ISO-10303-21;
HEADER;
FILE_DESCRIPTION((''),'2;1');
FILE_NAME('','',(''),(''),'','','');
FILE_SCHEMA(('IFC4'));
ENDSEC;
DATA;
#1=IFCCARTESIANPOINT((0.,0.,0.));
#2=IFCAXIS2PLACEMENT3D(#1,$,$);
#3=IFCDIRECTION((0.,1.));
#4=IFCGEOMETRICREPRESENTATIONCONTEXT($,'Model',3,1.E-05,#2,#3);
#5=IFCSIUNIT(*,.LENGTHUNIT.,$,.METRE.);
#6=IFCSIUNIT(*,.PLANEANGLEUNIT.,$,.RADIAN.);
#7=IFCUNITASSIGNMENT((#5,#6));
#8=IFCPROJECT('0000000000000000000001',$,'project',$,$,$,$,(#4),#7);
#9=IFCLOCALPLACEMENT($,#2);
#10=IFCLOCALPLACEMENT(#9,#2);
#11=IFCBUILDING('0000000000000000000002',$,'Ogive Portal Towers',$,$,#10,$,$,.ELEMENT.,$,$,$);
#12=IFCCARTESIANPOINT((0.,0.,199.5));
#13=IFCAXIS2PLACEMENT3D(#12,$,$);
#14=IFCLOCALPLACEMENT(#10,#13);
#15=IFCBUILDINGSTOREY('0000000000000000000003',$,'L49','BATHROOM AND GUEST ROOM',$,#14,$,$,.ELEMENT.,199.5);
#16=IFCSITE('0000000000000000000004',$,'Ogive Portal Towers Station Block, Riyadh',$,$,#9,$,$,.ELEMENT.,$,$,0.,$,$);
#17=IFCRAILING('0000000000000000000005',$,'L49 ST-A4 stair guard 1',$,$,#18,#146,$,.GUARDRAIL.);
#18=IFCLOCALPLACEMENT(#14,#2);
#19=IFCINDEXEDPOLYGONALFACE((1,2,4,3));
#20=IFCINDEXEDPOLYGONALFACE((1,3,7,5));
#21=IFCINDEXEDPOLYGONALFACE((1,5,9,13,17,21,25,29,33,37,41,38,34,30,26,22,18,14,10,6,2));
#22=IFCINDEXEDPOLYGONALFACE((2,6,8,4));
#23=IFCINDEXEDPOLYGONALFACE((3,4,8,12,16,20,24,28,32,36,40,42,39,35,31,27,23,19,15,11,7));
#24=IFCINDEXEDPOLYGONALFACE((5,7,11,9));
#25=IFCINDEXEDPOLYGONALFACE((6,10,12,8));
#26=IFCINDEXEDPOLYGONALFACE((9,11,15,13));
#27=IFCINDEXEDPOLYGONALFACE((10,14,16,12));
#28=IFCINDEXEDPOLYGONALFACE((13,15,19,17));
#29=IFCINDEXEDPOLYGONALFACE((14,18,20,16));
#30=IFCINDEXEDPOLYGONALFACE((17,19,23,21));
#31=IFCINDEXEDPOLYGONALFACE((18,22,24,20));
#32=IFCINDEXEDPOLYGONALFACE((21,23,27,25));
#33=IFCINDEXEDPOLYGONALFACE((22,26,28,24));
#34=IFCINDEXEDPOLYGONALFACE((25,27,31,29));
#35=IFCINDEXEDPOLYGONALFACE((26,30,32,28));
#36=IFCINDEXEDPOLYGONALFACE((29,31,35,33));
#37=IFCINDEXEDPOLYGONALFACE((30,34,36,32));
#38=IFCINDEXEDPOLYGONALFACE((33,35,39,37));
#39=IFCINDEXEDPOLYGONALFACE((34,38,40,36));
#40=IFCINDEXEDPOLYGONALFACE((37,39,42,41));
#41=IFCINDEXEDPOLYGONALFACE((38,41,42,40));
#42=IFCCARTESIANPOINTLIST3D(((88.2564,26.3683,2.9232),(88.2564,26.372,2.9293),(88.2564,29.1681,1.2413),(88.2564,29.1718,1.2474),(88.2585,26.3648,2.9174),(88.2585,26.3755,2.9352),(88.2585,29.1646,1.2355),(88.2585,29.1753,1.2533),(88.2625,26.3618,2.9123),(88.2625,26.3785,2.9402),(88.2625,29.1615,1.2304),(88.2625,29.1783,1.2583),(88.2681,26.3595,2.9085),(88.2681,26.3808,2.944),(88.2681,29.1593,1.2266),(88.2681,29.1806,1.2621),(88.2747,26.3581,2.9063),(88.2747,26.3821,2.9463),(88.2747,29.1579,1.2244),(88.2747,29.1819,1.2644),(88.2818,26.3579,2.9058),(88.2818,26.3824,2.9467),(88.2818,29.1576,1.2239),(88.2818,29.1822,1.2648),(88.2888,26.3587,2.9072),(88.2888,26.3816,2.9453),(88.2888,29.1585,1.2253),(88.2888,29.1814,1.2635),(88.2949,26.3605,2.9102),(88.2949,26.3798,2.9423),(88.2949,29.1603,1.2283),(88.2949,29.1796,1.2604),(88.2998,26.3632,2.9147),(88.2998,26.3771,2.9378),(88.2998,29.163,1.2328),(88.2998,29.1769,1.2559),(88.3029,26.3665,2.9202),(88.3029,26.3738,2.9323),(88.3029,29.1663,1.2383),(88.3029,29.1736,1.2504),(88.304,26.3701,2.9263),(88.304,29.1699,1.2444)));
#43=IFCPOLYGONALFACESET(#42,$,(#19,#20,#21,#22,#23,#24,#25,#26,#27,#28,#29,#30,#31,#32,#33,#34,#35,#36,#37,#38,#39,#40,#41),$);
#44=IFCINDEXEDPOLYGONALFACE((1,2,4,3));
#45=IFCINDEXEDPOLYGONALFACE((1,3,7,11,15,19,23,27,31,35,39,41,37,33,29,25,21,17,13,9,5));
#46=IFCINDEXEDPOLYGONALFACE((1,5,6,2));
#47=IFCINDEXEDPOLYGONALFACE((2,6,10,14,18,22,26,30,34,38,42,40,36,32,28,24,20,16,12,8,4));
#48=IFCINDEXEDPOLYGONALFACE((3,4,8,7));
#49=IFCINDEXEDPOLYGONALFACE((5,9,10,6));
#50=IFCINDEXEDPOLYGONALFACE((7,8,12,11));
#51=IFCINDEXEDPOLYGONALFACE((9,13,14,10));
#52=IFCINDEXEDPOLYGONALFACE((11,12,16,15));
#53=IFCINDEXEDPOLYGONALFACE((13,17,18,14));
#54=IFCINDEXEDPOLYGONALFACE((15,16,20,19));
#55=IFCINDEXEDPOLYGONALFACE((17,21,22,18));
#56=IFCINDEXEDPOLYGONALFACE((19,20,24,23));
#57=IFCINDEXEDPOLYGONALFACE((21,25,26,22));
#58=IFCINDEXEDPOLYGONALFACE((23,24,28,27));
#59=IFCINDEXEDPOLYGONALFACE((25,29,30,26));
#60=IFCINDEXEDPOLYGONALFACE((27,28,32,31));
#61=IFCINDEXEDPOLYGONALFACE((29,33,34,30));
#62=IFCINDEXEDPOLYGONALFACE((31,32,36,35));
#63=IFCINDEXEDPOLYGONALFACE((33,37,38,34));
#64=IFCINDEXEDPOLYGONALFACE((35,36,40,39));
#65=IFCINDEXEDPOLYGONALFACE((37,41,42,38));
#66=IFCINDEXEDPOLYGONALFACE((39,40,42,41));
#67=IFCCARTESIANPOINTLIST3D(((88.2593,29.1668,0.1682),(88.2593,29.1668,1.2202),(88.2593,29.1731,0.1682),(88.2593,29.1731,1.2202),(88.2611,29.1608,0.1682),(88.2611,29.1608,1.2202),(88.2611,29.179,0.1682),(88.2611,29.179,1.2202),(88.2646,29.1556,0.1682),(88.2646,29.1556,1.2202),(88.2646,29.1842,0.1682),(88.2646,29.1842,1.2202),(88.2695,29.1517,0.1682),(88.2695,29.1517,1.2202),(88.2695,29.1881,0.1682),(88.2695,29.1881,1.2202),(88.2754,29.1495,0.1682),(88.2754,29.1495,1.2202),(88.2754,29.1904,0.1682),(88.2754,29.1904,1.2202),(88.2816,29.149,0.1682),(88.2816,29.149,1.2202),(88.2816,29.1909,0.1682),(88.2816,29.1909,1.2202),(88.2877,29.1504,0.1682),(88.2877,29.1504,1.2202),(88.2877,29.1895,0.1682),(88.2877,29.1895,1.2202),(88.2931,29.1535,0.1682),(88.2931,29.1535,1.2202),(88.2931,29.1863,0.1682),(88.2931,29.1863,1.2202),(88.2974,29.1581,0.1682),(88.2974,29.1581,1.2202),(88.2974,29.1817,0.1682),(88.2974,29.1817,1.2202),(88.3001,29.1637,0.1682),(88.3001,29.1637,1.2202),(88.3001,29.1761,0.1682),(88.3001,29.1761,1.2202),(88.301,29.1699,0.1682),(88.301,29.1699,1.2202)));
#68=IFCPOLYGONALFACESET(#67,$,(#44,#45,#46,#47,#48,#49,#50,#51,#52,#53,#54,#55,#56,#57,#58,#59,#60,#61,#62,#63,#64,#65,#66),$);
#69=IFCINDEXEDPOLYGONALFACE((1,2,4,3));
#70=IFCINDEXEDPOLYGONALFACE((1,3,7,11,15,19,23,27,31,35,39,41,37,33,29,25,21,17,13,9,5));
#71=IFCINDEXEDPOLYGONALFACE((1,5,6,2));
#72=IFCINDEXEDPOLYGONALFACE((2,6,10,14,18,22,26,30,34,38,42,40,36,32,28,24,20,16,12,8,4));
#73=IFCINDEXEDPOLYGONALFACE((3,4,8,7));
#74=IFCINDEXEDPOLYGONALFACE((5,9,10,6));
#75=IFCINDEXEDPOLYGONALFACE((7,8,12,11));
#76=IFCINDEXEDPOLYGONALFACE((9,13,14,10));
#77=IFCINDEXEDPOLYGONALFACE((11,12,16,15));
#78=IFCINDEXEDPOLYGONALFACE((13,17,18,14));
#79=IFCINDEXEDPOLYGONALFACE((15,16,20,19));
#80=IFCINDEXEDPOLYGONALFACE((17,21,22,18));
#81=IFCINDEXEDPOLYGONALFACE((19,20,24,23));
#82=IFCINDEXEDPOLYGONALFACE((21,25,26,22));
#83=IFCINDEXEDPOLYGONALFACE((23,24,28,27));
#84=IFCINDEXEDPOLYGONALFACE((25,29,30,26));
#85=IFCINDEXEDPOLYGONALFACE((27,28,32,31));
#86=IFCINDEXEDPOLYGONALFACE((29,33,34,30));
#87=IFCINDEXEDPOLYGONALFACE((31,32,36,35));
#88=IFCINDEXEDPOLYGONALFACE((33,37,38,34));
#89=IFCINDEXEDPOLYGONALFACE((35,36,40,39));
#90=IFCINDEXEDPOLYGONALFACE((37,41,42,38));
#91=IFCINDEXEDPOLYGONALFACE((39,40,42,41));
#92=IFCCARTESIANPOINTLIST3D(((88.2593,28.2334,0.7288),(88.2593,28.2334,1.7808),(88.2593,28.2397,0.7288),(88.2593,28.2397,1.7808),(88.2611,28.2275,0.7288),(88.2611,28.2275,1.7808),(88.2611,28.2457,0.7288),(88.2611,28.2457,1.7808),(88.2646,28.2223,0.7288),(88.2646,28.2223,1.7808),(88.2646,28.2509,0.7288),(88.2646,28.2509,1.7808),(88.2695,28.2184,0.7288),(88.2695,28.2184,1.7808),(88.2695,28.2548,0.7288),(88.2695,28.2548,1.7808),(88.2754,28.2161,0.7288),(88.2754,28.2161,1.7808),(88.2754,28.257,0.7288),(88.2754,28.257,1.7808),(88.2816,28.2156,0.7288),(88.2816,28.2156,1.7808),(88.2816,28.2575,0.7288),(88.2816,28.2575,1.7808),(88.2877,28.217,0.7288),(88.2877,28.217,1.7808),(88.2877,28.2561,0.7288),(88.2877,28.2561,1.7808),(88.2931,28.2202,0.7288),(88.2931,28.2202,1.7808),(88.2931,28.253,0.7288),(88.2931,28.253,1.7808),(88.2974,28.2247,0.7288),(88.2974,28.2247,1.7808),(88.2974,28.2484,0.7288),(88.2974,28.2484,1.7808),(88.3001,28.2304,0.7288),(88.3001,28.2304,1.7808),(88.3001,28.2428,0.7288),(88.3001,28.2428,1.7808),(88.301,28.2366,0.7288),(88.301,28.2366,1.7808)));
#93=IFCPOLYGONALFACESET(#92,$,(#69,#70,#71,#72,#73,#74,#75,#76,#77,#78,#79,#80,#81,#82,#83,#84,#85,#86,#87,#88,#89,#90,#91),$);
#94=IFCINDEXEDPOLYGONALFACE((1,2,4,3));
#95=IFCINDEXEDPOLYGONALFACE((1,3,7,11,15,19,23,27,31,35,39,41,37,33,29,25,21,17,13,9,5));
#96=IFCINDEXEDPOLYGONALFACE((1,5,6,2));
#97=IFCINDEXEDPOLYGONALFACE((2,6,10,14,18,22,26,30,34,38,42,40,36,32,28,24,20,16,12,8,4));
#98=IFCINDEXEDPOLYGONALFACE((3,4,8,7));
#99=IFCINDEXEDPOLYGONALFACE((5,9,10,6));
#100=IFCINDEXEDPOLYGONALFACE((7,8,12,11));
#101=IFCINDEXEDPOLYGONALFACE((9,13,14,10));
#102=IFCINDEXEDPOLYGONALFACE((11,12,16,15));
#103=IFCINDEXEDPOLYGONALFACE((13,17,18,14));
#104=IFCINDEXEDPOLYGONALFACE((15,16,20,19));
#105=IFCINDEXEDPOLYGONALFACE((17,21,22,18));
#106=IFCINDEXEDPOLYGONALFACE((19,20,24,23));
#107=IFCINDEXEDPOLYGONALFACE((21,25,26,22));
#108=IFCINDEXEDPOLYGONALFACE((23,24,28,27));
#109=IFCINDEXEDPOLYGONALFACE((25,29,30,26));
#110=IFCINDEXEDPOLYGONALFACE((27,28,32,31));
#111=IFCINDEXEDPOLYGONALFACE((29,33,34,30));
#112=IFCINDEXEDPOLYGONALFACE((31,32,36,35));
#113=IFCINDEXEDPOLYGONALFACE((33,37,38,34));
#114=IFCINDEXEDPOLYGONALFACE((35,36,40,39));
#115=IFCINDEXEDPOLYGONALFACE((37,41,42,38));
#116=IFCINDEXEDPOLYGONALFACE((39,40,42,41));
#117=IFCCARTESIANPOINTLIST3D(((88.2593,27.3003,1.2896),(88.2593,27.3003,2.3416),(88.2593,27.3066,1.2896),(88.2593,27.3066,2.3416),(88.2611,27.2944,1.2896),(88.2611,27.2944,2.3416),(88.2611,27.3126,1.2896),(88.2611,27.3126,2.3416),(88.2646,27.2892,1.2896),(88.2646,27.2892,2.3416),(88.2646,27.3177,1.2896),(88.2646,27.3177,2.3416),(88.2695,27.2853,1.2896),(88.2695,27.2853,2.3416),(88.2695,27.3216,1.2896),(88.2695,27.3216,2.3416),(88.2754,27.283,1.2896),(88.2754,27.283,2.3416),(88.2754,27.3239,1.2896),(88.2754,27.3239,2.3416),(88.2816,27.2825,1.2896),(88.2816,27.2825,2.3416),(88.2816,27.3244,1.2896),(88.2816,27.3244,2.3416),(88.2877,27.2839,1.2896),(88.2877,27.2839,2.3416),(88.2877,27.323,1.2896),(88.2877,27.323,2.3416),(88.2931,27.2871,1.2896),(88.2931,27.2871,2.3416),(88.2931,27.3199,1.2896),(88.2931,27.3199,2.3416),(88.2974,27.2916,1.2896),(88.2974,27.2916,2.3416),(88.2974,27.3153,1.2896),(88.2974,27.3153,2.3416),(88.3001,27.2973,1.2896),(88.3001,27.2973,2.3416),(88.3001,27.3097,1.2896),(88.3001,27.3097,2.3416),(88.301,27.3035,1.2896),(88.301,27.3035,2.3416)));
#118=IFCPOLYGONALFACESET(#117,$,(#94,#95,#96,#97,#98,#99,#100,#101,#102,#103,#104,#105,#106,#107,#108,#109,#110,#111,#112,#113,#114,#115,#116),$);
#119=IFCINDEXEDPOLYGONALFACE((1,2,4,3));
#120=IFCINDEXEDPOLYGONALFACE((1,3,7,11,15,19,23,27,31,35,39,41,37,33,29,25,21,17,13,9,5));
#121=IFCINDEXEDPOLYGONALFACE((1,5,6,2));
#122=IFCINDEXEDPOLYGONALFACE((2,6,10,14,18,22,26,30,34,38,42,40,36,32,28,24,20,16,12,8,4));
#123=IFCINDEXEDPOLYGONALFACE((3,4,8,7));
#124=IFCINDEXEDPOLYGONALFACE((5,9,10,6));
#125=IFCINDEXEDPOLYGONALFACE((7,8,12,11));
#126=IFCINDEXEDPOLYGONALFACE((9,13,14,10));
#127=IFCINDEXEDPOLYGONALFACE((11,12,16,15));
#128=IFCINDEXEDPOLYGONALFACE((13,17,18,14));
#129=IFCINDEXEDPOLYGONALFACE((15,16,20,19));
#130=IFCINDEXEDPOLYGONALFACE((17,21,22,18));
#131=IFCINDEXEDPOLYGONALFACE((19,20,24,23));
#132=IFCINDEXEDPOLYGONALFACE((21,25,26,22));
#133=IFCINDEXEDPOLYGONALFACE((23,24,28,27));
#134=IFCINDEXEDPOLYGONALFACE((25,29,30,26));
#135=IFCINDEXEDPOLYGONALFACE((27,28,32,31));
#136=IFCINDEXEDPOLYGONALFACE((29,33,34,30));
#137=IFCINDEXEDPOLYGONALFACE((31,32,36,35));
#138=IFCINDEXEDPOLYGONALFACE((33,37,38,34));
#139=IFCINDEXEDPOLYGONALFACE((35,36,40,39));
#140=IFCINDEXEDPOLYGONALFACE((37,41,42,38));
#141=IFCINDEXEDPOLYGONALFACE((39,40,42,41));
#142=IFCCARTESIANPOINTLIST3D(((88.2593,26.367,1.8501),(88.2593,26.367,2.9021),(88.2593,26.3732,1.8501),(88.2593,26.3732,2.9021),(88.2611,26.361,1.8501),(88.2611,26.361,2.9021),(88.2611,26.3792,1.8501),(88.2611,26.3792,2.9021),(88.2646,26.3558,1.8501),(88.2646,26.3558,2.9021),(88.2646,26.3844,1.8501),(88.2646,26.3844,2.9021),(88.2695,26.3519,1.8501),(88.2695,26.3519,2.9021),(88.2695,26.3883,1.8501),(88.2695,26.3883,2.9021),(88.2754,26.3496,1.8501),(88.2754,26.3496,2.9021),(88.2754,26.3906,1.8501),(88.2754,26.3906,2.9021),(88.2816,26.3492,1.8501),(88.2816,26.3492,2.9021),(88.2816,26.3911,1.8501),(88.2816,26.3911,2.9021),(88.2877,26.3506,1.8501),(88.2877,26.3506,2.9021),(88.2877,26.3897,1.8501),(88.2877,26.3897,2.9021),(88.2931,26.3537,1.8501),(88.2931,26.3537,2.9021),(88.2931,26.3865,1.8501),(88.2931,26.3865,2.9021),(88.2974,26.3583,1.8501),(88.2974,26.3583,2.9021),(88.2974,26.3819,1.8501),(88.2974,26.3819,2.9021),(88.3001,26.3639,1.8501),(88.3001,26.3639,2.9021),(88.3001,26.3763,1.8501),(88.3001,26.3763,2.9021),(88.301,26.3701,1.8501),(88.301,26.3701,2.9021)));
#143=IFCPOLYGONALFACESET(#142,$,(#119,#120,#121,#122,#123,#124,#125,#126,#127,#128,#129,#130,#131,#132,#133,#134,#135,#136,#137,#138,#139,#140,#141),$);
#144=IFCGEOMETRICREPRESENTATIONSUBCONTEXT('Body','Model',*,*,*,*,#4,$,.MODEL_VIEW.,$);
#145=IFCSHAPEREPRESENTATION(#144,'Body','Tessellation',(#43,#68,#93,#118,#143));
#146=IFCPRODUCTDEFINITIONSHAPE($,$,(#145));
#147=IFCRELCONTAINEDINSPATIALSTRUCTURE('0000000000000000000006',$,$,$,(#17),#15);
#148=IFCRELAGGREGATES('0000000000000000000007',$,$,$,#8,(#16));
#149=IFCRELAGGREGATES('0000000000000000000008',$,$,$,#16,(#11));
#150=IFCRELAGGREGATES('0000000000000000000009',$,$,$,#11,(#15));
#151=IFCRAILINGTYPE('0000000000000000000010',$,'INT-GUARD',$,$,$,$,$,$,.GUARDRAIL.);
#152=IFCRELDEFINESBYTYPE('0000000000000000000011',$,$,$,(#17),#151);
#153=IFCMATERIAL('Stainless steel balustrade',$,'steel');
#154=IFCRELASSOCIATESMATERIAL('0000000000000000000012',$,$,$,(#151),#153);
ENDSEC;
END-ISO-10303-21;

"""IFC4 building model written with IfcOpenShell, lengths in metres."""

from ifc_helpers import new_model, si_unit, direction, frame, origin, origin_2d, place, context, subcontext, project, spatial, circle, extrude, material, type_object, element, save


model = new_model("IFC4")

# Units and contexts
model_context = context("Model", 3, precision=1e-05, world=origin(), true_north=direction((0.0, 1.0)))
body_context = subcontext(model_context, "Body", "Model", "MODEL_VIEW")
ifc_project = project(units=[si_unit("LENGTHUNIT", "METRE"), si_unit("PLANEANGLEUNIT", "RADIAN")], contexts=[model_context])

# Site, building, storey
site_placement = place(None, origin())
site = spatial("IfcSite", under=ifc_project, at=site_placement, Name="Ogive Portal Towers Station Block, Riyadh", CompositionType="ELEMENT", RefElevation=0.0)
building_placement = place(site_placement, origin())
building = spatial("IfcBuilding", under=site, at=building_placement, Name="Ogive Portal Towers", CompositionType="ELEMENT")
storey_placement = place(building_placement, frame((0.0, 0.0, 199.5)))
storey = spatial("IfcBuildingStorey", under=building, at=storey_placement, Name="L49", Description="BATHROOM AND GUEST ROOM", CompositionType="ELEMENT", Elevation=199.5)

# Railing
ifc_material_1 = material(Name="Stainless steel balustrade", Category="steel")
railing_type_1 = type_object("IfcRailingType", Name="INT-GUARD", PredefinedType="GUARDRAIL", material=ifc_material_1)
railing_1_placement = place(storey_placement, frame((88.28, 29.1699, 0.1682)))
element("IfcRailing", 1, at=railing_1_placement, inside=storey, type_object=railing_type_1, Name="L49 ST-A4 stair guard 1", PredefinedType="GUARDRAIL", context=body_context, shape_type="SweptSolid", body=[
    extrude(circle(Radius=0.0239, at=origin_2d()), frame((0.0, 0.0, 1.0762), z_axis=(0.0, -0.857222, 0.514946), x_axis=(1.0, 0.0, 0.0)), (0.0, 0.0, 1.0), 3.2661),
    extrude(circle(Radius=0.021, at=origin_2d()), origin(), (0.0, 0.0, 1.0), 1.052),
    extrude(circle(Radius=0.021, at=origin_2d()), frame((0.0, -0.9333, 0.5605)), (0.0, 0.0, 1.0), 1.052),
    extrude(circle(Radius=0.021, at=origin_2d()), frame((0.0, -1.8665, 1.1213)), (0.0, 0.0, 1.0), 1.052),
    extrude(circle(Radius=0.021, at=origin_2d()), frame((0.0, -2.7998, 1.6819)), (0.0, 0.0, 1.0), 1.052),
])

save(model, "model.ifc")
